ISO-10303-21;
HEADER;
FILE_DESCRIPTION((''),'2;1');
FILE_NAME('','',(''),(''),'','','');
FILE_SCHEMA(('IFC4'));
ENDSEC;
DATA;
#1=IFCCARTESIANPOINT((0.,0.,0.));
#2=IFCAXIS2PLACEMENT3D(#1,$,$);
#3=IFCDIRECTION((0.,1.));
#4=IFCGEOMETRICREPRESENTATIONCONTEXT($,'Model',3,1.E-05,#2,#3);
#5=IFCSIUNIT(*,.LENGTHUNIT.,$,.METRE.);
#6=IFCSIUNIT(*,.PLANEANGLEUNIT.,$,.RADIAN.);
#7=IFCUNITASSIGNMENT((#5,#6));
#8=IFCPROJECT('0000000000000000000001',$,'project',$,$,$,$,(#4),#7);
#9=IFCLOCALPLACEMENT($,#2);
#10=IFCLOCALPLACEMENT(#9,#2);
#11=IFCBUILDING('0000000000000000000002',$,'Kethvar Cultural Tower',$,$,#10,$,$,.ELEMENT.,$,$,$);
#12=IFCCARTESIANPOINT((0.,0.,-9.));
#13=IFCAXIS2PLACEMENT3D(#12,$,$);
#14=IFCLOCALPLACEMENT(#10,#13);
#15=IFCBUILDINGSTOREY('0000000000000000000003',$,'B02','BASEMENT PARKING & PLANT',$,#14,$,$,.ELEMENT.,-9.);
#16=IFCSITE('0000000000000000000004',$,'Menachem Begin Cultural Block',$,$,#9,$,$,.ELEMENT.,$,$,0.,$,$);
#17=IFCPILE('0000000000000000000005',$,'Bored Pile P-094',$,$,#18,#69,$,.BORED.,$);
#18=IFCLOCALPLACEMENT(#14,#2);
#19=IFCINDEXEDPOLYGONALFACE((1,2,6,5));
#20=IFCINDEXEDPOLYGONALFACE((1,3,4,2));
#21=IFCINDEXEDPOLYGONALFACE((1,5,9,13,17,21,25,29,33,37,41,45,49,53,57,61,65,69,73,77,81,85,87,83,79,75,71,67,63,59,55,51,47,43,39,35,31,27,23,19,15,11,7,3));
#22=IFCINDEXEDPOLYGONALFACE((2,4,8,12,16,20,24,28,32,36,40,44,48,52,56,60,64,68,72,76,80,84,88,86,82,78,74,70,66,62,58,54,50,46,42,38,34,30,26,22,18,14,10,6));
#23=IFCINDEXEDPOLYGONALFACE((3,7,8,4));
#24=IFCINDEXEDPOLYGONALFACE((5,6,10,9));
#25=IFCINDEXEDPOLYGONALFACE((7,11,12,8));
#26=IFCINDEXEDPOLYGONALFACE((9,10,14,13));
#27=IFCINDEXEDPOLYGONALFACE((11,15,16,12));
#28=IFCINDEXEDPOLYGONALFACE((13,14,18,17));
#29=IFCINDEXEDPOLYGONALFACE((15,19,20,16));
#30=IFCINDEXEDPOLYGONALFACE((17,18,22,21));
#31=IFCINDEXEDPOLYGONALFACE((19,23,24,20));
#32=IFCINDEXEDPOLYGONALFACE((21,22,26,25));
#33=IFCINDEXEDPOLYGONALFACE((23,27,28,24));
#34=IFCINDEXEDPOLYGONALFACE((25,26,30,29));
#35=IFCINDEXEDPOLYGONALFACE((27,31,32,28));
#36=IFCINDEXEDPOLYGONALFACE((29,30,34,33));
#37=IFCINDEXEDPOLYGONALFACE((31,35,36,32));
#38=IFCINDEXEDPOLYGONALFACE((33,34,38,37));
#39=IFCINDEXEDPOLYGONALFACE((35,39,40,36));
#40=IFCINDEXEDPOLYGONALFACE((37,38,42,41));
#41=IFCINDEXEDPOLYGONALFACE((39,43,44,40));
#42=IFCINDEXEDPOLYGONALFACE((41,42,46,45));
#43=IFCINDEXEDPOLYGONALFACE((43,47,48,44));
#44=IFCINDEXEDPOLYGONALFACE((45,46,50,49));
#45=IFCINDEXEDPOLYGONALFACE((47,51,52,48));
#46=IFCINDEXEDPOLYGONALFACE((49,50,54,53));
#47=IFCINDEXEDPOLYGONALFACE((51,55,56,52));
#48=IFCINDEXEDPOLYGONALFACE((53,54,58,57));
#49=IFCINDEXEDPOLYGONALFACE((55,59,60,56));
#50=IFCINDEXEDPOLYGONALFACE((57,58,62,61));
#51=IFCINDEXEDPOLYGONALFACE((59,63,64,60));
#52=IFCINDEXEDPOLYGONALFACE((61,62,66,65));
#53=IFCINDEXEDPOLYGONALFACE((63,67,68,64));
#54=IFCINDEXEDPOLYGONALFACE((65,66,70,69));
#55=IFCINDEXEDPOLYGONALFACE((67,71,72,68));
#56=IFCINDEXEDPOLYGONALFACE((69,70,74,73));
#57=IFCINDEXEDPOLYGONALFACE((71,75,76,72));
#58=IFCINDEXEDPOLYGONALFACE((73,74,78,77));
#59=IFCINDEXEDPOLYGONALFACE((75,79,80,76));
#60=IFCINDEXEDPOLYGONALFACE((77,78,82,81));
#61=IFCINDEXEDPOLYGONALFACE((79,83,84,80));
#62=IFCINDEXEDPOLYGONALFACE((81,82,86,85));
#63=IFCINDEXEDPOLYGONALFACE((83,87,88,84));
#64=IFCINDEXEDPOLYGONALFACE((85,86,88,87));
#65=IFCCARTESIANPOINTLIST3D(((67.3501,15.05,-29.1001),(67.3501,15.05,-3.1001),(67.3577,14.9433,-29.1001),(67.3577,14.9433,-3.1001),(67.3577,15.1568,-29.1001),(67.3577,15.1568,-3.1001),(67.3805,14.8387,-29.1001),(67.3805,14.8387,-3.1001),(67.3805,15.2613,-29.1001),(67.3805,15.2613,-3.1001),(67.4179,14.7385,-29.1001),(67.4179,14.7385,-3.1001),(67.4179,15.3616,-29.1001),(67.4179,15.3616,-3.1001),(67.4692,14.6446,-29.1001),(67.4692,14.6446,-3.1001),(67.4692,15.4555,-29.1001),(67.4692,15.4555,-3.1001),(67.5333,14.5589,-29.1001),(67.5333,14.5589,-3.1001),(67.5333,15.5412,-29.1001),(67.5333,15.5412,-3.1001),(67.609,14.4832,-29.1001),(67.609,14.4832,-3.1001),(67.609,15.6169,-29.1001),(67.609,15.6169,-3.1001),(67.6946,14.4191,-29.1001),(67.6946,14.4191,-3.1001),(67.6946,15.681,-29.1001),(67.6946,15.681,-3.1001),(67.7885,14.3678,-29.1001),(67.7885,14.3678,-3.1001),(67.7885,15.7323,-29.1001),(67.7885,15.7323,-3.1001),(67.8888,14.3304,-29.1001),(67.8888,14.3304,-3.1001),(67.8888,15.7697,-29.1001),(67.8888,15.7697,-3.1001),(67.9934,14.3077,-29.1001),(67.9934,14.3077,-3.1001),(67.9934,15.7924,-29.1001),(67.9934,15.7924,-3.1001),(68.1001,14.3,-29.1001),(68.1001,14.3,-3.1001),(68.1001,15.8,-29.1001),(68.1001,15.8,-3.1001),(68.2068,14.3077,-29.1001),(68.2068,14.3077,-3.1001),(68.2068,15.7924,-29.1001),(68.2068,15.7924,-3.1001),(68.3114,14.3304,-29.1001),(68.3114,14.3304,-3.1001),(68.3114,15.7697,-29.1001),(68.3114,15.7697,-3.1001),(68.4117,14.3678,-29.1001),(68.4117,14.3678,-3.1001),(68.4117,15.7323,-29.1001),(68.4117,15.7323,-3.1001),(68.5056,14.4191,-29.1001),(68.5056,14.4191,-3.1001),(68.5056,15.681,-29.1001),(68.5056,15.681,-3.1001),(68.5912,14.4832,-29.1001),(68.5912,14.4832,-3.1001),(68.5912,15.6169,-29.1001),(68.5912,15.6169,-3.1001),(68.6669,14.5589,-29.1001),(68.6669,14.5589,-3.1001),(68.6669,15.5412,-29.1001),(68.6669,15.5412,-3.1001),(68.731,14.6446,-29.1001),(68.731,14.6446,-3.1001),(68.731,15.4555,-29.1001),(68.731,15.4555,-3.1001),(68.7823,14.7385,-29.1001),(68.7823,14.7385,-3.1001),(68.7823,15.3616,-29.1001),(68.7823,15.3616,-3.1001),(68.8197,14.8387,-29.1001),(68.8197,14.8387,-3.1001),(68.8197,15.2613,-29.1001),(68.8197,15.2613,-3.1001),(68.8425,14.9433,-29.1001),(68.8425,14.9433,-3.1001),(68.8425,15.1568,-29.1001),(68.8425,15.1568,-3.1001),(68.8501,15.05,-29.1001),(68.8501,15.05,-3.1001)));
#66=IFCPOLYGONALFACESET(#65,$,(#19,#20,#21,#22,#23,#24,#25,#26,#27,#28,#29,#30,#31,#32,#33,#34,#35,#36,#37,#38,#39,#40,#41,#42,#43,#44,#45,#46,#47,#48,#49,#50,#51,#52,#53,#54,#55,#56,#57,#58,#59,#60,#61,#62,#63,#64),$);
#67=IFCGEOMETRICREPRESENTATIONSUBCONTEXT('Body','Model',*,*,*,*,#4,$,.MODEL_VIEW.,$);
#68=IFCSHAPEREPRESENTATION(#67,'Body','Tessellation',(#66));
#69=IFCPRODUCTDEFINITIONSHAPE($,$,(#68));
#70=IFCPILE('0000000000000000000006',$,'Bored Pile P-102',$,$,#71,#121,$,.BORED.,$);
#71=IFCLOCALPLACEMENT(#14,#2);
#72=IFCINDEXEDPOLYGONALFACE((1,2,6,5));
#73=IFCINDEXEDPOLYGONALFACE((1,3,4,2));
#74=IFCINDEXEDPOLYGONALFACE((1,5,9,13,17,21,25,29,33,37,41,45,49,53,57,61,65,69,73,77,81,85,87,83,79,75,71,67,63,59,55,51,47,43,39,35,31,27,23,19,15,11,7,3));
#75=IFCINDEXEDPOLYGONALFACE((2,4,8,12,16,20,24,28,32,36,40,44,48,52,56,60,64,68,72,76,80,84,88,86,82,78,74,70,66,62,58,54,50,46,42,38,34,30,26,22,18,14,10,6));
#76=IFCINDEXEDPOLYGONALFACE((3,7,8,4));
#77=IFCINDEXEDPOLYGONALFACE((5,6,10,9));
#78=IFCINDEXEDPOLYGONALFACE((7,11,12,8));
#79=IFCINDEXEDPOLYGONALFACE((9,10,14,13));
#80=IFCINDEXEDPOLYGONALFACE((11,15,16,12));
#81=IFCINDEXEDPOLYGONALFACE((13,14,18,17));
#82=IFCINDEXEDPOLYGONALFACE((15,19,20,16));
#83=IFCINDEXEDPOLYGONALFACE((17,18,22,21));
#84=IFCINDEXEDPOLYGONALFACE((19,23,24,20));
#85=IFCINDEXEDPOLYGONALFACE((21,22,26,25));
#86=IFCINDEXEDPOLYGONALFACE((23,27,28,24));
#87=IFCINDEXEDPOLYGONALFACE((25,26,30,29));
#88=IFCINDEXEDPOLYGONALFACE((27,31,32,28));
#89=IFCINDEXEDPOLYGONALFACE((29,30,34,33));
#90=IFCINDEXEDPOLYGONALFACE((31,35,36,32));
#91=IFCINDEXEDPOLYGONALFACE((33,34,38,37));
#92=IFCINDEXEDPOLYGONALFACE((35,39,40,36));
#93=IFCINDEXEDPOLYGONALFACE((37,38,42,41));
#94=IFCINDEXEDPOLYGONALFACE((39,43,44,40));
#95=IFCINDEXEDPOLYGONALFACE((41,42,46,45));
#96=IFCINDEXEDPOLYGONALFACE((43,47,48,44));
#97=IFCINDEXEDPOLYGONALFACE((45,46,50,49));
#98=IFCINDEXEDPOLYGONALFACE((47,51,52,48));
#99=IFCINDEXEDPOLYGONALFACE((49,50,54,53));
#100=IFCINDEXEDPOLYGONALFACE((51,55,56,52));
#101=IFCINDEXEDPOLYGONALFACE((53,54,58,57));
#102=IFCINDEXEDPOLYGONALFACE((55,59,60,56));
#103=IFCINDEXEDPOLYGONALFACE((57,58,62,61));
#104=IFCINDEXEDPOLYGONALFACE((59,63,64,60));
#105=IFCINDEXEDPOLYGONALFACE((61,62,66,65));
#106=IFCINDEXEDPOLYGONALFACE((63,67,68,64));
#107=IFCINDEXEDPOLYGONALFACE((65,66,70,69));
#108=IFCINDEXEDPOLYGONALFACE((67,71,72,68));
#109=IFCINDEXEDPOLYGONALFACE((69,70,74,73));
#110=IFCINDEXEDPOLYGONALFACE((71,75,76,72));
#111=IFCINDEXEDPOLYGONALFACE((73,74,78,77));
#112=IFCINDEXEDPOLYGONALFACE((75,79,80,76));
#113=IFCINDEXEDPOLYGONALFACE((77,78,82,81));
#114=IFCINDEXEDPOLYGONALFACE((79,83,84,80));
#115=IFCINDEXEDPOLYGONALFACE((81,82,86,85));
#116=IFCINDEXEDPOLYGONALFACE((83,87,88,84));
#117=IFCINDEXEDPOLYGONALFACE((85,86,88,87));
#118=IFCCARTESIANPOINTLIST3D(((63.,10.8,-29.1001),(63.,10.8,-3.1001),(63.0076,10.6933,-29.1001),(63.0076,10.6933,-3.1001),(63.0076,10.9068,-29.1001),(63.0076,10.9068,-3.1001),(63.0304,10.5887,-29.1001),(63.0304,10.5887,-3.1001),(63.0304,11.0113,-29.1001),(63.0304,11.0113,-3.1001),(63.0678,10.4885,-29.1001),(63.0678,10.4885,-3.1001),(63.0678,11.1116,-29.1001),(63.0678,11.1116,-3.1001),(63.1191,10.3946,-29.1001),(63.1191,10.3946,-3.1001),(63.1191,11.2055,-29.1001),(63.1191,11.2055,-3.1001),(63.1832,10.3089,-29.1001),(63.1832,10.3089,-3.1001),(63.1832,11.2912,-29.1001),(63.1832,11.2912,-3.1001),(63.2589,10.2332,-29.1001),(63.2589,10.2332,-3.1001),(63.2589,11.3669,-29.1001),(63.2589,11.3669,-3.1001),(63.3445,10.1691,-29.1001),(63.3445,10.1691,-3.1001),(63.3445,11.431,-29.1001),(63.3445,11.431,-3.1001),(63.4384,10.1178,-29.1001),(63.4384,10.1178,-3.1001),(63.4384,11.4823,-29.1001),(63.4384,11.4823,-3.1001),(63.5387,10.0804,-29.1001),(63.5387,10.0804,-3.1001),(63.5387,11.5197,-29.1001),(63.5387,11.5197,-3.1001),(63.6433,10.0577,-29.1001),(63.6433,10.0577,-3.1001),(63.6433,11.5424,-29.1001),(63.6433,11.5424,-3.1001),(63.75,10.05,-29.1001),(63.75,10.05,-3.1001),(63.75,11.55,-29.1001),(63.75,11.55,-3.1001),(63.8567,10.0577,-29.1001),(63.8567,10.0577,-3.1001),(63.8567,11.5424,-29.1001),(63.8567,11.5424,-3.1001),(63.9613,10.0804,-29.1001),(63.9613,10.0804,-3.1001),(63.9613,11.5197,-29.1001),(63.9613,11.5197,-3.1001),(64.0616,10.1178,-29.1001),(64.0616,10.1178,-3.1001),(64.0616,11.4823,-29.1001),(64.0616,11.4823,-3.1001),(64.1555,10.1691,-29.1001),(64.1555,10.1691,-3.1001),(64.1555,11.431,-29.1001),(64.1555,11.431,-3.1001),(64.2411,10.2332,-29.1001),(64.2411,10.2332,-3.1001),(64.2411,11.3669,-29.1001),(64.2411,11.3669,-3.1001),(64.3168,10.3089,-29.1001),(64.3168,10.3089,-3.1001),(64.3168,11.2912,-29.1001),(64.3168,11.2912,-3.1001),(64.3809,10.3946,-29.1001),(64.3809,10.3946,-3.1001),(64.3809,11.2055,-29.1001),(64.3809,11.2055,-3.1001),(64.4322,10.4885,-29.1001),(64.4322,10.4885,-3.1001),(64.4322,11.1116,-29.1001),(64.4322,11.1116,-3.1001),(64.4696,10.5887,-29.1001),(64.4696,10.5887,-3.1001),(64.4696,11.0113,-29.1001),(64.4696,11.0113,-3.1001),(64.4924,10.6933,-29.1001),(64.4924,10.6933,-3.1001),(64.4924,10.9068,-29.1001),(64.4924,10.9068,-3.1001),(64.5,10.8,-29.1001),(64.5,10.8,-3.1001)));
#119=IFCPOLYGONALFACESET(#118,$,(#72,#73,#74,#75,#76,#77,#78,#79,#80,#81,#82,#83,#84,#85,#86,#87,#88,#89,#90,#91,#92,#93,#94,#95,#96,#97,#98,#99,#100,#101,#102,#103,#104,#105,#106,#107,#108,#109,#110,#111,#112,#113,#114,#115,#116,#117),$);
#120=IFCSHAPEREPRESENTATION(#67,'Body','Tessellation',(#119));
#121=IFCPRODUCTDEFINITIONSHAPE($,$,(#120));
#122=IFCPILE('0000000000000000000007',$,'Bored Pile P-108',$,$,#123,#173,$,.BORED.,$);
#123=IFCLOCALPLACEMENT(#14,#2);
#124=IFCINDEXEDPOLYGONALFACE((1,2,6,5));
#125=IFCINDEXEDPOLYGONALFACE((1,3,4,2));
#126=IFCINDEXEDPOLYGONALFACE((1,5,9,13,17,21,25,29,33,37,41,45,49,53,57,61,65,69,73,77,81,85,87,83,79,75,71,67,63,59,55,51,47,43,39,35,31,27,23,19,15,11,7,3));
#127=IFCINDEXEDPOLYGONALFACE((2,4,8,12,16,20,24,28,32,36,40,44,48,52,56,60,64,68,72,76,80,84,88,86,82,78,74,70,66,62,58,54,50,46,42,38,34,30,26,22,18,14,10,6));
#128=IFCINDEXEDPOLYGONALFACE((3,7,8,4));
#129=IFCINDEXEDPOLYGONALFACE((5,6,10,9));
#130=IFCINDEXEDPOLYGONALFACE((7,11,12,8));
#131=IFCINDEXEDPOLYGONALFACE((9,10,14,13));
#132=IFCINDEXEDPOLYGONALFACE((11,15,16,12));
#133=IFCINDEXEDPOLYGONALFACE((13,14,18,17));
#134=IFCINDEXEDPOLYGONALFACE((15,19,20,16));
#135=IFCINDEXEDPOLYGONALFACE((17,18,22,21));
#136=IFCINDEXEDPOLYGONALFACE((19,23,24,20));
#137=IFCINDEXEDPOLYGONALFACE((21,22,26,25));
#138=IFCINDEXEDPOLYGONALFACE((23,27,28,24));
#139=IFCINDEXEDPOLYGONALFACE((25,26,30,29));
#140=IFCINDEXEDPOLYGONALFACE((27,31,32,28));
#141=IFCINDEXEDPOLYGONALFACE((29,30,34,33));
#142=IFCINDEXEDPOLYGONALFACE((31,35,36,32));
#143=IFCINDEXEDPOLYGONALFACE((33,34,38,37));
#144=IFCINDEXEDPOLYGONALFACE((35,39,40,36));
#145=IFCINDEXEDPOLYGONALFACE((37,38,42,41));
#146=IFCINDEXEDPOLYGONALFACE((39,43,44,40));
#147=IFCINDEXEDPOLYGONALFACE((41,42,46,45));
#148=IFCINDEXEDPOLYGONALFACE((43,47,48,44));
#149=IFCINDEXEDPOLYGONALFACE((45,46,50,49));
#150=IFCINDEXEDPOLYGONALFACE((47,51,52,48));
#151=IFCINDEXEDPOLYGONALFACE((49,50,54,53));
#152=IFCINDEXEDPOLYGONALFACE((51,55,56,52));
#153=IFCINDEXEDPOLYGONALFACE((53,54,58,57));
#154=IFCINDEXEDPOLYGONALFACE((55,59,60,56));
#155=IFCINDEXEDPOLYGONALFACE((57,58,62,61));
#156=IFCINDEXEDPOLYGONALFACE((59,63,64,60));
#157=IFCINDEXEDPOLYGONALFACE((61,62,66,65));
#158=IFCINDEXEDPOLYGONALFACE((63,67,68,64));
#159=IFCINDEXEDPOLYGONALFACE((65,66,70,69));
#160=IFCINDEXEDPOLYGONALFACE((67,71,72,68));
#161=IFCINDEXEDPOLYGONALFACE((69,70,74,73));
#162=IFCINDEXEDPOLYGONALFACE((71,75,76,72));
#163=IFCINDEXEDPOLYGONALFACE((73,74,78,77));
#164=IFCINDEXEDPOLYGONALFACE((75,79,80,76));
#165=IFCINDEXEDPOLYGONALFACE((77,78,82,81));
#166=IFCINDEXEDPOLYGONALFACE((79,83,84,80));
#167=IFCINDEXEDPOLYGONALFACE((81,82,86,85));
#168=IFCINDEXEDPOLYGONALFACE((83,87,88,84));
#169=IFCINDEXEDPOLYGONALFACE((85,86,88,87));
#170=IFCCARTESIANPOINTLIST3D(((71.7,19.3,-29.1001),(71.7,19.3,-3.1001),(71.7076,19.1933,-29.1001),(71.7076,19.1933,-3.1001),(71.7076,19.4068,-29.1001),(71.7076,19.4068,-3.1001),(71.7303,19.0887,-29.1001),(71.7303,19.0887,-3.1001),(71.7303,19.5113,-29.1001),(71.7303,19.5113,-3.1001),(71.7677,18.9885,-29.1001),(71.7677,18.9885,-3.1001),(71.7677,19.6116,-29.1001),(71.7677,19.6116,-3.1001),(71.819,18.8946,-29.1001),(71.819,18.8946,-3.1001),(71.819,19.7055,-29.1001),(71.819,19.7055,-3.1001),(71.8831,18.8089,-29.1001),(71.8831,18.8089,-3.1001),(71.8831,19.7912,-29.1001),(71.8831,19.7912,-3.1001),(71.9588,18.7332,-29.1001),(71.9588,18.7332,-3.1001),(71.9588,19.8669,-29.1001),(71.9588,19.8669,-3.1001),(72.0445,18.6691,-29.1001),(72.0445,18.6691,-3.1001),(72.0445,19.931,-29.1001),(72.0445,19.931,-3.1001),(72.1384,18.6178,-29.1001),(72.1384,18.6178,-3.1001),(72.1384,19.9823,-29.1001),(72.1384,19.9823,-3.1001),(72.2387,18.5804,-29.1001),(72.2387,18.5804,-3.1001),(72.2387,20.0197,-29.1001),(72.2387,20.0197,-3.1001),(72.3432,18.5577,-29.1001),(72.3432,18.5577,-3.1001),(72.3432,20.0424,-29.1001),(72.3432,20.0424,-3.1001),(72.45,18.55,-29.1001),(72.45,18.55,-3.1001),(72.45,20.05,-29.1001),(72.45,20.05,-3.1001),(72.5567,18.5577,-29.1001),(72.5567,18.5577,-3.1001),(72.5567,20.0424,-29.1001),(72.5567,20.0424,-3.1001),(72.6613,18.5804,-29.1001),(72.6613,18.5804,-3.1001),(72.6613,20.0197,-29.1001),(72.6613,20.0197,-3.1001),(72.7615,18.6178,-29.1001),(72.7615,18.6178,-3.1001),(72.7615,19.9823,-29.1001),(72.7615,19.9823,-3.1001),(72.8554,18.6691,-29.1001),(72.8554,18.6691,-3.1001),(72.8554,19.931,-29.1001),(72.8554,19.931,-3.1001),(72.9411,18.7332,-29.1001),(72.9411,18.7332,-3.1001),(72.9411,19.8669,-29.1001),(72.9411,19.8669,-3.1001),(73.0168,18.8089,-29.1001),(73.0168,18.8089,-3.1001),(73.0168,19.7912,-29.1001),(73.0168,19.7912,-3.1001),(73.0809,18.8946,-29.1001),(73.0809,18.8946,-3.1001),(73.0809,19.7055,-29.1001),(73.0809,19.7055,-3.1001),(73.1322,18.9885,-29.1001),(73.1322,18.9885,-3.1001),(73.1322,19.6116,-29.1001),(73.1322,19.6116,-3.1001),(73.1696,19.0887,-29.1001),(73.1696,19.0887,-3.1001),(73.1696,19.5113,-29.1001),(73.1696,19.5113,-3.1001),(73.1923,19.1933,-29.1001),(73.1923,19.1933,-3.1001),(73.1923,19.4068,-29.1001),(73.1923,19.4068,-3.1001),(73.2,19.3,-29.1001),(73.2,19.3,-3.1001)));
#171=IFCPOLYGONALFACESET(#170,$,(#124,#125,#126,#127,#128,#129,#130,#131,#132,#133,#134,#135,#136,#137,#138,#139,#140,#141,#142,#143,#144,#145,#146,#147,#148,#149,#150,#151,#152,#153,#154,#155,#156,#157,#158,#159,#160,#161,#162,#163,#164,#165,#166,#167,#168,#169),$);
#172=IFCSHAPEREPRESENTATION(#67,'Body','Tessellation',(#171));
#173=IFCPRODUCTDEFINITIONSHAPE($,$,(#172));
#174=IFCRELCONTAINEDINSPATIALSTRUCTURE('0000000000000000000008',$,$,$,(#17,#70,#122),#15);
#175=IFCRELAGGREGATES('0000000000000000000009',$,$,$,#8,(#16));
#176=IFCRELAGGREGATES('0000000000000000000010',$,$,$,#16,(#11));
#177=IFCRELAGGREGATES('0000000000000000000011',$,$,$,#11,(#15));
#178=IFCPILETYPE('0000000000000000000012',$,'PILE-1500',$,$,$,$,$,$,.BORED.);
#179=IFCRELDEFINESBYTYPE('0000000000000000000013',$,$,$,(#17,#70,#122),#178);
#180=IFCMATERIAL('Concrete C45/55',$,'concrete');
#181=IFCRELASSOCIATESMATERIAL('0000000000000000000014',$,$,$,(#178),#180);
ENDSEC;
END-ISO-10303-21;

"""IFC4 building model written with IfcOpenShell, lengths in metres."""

from ifc_helpers import new_model, si_unit, direction, frame, origin, origin_2d, place, context, subcontext, project, spatial, circle, extrude, source, transform, mapped, material, material_profile, profile_set, type_object, element, save


model = new_model("IFC4")

# Units and contexts
model_context = context("Model", 3, precision=1e-05, world=origin(), true_north=direction((0.0, 1.0)))
body_context = subcontext(model_context, "Body", "Model", "MODEL_VIEW")
ifc_project = project(units=[si_unit("LENGTHUNIT", "METRE"), si_unit("PLANEANGLEUNIT", "RADIAN")], contexts=[model_context])

# Site, building, storey
site_placement = place(None, origin())
site = spatial("IfcSite", under=ifc_project, at=site_placement, Name="Menachem Begin Cultural Block", CompositionType="ELEMENT", RefElevation=0.0)
building_placement = place(site_placement, origin())
building = spatial("IfcBuilding", under=site, at=building_placement, Name="Kethvar Cultural Tower", CompositionType="ELEMENT")
storey_placement = place(building_placement, frame((0.0, 0.0, -9.0)))
storey = spatial("IfcBuildingStorey", under=building, at=storey_placement, Name="B02", Description="BASEMENT PARKING & PLANT", CompositionType="ELEMENT", Elevation=-9.0)

# Piles
ifc_material_1 = material(Name="Concrete C45/55", Category="concrete")
ifc_material_profile_1 = material_profile(ifc_material_1, circle(Radius=0.75, at=origin_2d()), Name="Concrete C45/55 — PILE1500")
ifc_profile_set_1 = profile_set([ifc_material_profile_1], Name="Concrete C45/55 — PILE1500")
pile_type = type_object("IfcPileType", Name="PILE-1500", PredefinedType="BORED", material=ifc_profile_set_1)
shared_shape_1 = source(origin(), body_context, "Body", "SweptSolid", [
    extrude(circle(Radius=0.75, at=origin_2d()), origin(), (0.0, 0.0, 1.0), 26.0),
])
for number, where, z_axis, x_axis, name in (
    (1, (68.1001, 15.05, -3.1001), (0.0, 0.0, -1.0), (1.0, 0.0, 0.0), "Bored Pile P-094"),
    (2, (63.75, 10.8, -3.1001), (0.0, 0.0, -1.0), (1.0, 0.0, 0.0), "Bored Pile P-102"),
    (3, (72.45, 19.3, -3.1001), (0.0, 0.0, -1.0), (1.0, 0.0, 0.0), "Bored Pile P-108"),
):
    element("IfcPile", number, at=place(storey_placement, frame(where, z_axis=z_axis, x_axis=x_axis)), inside=storey, type_object=pile_type, Name=name, PredefinedType="BORED", context=body_context, shape_type="MappedRepresentation", body=[
        mapped(shared_shape_1, transform((0.0, 0.0, 0.0), scale=1.0)),
    ])

save(model, "model.ifc")
